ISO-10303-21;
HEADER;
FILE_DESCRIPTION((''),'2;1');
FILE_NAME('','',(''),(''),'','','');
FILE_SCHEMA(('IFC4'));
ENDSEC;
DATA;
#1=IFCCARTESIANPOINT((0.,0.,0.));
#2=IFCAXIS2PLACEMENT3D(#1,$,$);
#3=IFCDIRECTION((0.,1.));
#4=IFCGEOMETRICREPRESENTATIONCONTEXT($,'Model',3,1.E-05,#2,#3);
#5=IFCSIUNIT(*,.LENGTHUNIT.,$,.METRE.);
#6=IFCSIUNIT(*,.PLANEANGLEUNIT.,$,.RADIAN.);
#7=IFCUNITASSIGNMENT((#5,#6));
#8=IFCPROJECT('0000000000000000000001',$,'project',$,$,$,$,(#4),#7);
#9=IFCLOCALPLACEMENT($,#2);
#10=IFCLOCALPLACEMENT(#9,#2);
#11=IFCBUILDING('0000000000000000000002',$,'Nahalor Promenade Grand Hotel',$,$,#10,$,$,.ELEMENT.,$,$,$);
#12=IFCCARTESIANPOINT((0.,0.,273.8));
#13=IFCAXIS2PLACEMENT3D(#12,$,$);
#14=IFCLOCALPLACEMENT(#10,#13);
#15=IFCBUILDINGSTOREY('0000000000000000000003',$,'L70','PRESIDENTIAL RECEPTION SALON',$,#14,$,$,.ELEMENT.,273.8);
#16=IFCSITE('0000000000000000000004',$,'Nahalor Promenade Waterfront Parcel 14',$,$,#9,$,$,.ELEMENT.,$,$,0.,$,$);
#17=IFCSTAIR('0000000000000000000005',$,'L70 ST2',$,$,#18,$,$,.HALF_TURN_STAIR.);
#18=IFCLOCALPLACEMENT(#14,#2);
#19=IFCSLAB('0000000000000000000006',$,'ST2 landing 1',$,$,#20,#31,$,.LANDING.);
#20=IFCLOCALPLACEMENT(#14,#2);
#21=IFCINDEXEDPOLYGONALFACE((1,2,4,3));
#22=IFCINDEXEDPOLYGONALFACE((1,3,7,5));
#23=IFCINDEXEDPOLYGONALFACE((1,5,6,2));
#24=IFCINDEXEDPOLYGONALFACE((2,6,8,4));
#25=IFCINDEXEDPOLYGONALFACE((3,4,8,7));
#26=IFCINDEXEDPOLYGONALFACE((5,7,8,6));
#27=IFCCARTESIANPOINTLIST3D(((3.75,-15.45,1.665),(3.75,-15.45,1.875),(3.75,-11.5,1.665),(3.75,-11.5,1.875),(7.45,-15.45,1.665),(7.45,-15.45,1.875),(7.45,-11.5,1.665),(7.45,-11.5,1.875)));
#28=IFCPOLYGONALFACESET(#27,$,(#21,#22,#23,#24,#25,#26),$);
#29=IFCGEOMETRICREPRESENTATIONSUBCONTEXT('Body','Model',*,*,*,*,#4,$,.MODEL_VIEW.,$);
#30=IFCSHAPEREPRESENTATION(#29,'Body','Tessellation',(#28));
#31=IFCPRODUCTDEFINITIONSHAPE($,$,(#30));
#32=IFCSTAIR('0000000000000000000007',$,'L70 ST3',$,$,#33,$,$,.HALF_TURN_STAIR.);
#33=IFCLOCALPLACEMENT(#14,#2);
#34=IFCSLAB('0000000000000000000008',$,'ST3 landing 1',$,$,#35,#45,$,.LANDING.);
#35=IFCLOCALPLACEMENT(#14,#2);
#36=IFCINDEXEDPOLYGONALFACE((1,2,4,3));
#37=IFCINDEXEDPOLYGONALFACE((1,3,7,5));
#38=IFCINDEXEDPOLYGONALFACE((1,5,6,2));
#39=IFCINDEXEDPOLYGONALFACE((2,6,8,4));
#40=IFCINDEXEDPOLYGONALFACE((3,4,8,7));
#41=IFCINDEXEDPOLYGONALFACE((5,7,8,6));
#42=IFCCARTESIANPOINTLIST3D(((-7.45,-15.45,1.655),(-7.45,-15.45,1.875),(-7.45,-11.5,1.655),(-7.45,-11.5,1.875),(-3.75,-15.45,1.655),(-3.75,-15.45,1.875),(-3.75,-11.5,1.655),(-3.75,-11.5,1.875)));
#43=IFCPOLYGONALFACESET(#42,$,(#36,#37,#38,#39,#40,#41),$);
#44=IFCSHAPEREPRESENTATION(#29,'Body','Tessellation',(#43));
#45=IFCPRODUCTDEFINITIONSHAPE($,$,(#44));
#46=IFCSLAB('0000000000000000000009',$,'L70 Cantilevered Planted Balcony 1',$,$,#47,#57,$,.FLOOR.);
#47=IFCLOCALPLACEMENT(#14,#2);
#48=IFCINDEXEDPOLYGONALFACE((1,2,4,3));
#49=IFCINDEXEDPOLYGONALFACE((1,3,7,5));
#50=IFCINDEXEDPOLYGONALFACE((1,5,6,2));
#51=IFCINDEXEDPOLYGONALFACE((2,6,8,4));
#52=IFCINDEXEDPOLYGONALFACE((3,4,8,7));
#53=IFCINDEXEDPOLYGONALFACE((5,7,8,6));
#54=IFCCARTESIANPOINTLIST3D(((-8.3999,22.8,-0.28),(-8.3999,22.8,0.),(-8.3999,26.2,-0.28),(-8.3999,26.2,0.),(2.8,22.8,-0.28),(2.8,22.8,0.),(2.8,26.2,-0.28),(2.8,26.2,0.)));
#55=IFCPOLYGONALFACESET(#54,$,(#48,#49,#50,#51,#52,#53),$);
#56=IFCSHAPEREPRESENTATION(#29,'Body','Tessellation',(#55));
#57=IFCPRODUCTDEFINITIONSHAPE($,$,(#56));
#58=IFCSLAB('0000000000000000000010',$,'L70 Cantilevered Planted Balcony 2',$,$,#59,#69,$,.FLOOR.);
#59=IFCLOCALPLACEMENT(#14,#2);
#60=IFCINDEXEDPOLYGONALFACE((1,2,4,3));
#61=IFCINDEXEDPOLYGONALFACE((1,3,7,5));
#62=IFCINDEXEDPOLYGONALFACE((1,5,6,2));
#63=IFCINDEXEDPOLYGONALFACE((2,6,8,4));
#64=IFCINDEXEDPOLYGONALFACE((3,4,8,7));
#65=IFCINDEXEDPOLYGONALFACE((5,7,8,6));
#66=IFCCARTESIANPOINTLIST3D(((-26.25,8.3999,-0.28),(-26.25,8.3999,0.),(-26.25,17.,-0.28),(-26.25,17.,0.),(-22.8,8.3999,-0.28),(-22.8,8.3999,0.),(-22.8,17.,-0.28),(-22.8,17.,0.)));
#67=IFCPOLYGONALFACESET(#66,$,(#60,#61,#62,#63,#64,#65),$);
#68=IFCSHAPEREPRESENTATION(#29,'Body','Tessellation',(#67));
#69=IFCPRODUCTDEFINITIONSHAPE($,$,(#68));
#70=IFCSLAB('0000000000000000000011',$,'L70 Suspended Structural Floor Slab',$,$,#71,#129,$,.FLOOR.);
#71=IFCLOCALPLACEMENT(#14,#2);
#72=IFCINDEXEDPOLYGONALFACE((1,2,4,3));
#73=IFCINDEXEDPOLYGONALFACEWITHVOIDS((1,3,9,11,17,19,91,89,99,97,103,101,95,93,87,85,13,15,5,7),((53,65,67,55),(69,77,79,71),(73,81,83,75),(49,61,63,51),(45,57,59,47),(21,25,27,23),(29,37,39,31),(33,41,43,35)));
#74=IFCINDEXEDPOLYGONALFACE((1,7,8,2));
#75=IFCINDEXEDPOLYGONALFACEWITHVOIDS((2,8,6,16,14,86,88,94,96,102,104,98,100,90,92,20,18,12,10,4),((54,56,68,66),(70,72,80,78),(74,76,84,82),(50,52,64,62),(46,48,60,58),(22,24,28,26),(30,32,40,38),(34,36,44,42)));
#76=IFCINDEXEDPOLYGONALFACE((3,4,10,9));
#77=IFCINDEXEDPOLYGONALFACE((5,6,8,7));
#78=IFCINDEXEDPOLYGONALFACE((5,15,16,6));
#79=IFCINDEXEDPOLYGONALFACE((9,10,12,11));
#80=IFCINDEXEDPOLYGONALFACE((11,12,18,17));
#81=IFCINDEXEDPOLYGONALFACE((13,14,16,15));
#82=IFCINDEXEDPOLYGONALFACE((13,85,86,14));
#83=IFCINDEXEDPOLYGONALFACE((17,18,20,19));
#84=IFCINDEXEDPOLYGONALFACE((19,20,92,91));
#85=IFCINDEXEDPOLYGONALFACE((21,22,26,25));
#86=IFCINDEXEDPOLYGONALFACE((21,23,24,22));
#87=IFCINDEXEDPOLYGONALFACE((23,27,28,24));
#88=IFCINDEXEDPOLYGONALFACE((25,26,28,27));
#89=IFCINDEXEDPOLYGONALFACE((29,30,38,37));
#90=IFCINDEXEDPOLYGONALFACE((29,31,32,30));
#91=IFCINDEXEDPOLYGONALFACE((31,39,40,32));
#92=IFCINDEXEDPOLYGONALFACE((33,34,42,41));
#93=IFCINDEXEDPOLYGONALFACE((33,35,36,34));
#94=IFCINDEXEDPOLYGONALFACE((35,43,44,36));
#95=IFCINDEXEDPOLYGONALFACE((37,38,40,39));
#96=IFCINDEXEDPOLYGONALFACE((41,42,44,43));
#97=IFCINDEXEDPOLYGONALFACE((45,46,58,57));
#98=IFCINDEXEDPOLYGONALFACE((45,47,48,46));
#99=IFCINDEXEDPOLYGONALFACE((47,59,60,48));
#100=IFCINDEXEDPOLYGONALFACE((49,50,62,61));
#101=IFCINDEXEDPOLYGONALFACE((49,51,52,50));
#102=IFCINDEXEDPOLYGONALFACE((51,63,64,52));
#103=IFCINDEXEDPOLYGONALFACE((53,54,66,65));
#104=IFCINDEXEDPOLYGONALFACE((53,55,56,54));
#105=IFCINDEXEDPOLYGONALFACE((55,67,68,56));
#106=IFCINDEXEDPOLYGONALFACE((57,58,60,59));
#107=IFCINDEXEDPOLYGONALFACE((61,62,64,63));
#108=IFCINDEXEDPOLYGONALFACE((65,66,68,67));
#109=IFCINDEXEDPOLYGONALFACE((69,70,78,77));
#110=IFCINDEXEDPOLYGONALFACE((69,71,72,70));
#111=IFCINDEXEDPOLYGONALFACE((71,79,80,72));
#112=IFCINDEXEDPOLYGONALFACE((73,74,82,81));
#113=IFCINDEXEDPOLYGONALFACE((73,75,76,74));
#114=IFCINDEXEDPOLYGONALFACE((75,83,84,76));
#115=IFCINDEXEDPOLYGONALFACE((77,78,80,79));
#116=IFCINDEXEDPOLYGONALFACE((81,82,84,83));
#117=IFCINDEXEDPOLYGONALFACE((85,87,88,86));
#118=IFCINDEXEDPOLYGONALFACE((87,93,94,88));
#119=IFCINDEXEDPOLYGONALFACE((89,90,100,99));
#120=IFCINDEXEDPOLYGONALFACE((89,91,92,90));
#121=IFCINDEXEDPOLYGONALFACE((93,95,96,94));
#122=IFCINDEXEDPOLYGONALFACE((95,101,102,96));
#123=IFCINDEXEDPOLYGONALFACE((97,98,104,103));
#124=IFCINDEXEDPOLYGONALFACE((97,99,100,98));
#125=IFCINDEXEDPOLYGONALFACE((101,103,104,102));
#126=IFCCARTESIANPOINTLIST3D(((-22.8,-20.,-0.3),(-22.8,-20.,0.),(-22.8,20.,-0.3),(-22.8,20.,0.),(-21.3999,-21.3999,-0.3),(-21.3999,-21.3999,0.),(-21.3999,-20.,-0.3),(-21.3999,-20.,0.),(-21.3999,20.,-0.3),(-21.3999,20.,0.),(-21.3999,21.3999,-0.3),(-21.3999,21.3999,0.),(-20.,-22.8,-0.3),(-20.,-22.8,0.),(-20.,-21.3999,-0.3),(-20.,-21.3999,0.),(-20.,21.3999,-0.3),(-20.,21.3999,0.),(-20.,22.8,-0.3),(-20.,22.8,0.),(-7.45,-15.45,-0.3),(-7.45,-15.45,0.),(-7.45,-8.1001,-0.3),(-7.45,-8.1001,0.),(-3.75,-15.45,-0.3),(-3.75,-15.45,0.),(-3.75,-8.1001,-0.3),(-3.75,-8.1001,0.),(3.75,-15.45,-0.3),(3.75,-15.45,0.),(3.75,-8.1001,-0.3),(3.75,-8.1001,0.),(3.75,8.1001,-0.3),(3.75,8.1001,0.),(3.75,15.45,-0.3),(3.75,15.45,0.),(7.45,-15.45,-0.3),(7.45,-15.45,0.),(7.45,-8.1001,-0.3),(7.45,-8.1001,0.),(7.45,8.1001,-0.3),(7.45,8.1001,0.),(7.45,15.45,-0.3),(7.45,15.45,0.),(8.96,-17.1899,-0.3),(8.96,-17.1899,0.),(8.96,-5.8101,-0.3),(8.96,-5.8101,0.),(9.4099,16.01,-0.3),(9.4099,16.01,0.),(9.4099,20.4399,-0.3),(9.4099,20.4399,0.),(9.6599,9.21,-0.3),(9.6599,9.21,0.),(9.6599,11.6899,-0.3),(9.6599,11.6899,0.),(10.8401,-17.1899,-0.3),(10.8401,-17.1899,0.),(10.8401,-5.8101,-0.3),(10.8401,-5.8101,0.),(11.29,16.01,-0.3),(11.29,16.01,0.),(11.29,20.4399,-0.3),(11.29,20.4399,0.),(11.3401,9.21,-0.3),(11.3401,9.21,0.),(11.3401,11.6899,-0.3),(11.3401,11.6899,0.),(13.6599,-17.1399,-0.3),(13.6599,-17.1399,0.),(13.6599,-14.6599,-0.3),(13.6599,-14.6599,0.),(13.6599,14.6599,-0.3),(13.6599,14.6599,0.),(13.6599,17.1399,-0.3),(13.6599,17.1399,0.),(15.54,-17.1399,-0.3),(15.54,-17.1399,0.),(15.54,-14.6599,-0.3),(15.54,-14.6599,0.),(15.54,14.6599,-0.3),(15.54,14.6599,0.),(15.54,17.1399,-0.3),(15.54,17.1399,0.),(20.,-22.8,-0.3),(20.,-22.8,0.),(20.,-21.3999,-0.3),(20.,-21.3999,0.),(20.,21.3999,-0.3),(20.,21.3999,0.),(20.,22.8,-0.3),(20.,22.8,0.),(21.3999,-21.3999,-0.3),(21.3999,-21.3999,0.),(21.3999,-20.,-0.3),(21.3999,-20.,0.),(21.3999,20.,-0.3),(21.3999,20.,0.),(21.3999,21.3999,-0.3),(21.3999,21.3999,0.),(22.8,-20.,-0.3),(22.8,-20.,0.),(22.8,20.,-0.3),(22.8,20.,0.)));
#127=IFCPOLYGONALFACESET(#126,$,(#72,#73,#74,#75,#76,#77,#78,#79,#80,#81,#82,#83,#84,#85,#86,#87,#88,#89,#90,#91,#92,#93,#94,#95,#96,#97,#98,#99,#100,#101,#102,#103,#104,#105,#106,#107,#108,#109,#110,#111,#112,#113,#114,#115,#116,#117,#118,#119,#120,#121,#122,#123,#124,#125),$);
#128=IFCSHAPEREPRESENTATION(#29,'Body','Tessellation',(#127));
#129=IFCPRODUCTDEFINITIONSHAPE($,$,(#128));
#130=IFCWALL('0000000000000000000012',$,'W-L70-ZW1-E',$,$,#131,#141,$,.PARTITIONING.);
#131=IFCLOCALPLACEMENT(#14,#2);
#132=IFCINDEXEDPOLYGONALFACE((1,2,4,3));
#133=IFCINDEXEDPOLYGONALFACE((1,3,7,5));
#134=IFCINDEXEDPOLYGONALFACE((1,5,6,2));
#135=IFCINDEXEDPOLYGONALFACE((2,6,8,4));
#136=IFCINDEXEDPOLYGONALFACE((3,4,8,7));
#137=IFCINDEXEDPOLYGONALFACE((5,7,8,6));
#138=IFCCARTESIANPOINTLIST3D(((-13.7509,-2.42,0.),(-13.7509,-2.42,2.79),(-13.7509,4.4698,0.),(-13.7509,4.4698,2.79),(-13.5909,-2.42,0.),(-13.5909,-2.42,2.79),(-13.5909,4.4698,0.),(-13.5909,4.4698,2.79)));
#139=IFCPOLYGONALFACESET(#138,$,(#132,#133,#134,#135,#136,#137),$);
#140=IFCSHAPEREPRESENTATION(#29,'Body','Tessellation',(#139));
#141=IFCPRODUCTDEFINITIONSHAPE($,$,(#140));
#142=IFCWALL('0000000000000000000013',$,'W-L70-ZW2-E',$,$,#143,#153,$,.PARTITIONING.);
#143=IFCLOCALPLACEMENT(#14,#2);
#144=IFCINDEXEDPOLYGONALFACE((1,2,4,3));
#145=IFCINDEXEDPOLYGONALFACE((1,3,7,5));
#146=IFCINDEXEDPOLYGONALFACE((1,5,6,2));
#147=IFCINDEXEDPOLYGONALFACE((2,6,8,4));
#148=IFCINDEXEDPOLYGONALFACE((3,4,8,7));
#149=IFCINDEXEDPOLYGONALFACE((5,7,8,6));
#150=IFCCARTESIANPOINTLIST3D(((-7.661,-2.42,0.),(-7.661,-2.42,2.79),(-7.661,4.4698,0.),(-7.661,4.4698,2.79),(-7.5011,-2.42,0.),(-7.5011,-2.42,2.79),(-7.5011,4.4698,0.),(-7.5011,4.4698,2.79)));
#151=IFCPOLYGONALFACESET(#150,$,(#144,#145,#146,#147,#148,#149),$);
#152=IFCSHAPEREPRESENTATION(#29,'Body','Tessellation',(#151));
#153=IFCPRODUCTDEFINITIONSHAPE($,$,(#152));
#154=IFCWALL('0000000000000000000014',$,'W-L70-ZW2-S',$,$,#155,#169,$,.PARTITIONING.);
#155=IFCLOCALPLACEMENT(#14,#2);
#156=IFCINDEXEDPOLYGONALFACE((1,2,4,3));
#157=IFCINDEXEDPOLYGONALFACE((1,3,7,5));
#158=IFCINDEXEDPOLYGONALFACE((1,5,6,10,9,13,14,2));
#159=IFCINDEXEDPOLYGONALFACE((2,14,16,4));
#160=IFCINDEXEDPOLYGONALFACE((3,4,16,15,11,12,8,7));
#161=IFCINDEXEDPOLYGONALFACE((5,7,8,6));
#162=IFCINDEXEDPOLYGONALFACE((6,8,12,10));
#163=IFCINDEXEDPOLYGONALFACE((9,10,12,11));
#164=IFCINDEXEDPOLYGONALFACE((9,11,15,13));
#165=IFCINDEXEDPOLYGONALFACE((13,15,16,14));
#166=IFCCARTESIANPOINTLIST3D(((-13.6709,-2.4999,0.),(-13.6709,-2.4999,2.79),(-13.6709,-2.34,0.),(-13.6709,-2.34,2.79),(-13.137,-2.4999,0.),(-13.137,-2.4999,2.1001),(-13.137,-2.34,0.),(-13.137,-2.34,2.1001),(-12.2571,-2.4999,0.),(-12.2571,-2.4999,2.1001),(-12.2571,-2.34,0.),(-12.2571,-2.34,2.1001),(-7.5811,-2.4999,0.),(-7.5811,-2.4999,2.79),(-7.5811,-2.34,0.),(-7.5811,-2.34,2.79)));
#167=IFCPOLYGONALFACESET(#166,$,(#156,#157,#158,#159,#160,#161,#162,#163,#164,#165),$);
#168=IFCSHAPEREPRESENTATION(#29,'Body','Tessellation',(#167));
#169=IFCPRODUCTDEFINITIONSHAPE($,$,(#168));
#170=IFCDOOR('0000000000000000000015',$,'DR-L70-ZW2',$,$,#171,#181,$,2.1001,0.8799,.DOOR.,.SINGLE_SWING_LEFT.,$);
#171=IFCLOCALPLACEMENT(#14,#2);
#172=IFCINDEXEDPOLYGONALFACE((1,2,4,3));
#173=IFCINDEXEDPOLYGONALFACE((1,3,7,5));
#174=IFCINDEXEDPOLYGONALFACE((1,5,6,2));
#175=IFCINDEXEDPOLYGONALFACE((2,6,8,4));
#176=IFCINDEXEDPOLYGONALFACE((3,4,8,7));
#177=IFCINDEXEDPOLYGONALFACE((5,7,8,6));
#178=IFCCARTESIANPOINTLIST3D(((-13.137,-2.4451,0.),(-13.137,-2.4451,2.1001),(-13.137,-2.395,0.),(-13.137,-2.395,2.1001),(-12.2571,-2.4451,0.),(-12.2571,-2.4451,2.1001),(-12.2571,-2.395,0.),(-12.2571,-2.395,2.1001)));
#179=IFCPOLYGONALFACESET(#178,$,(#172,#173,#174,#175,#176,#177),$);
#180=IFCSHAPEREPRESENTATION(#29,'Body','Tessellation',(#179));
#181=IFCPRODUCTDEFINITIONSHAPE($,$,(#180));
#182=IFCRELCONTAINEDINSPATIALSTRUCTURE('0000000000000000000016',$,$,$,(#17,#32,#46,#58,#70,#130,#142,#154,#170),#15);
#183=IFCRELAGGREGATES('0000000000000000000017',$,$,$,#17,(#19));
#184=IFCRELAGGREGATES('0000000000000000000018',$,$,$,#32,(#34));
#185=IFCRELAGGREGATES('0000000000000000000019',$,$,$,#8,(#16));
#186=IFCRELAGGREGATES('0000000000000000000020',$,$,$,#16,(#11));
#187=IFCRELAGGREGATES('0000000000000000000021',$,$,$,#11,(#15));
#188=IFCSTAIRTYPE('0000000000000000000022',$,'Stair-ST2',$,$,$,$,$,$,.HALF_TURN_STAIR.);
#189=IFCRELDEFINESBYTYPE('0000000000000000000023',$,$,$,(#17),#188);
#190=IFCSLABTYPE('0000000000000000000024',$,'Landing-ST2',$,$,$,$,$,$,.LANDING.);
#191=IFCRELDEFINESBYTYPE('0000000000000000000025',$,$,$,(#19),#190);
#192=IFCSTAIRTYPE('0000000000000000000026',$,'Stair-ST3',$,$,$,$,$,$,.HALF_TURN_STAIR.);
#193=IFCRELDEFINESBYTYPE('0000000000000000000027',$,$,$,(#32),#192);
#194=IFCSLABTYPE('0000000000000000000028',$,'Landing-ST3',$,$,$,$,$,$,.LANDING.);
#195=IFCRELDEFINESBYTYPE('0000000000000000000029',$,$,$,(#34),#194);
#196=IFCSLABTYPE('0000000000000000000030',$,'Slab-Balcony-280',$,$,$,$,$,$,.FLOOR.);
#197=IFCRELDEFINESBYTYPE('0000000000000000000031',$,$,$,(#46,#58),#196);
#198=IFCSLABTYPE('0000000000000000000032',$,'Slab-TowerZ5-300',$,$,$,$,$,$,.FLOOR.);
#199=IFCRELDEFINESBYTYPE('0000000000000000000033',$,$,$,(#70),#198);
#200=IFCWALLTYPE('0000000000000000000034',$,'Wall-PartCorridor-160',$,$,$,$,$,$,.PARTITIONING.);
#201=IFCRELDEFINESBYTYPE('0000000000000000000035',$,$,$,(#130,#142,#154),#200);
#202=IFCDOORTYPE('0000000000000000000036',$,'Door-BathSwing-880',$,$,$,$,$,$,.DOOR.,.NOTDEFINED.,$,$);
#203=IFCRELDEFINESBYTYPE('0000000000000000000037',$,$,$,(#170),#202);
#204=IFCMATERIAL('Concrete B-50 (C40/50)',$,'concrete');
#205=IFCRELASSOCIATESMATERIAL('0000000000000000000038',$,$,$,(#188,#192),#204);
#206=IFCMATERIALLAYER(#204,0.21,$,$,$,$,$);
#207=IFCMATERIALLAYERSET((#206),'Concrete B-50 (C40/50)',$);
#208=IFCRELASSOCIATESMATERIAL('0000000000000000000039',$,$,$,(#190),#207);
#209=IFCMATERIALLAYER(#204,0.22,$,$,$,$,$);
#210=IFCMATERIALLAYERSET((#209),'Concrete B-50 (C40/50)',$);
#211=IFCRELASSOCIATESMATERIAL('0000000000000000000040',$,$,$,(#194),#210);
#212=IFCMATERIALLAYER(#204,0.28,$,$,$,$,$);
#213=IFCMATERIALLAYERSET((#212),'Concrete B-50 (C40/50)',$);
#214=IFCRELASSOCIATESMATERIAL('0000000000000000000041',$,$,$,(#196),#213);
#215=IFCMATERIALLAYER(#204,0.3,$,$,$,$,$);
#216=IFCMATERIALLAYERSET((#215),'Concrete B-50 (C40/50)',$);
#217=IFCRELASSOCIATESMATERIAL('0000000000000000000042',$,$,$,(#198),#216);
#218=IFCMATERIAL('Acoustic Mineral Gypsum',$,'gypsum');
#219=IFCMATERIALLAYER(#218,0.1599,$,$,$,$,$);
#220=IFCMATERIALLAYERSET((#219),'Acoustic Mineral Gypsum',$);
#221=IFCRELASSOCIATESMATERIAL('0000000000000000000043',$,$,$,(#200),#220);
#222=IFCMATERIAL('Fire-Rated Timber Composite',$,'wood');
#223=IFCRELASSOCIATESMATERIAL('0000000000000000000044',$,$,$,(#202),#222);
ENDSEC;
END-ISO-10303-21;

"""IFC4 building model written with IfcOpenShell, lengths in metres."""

from ifc_helpers import new_model, si_unit, direction, frame, frame_2d, origin, place, context, subcontext, project, spatial, polyline, rectangle, outline, extrude, source, transform, mapped, material, layer, layer_set, type_object, element, fill, aggregate, save


model = new_model("IFC4")

# Units and contexts
model_context = context("Model", 3, precision=1e-05, world=origin(), true_north=direction((0.0, 1.0)))
body_context = subcontext(model_context, "Body", "Model", "MODEL_VIEW")
ifc_project = project(units=[si_unit("LENGTHUNIT", "METRE"), si_unit("PLANEANGLEUNIT", "RADIAN")], contexts=[model_context])

# Site, building, storey
site_placement = place(None, origin())
site = spatial("IfcSite", under=ifc_project, at=site_placement, Name="Nahalor Promenade Waterfront Parcel 14", CompositionType="ELEMENT", RefElevation=0.0)
building_placement = place(site_placement, origin())
building = spatial("IfcBuilding", under=site, at=building_placement, Name="Nahalor Promenade Grand Hotel", CompositionType="ELEMENT")
storey_placement = place(building_placement, frame((0.0, 0.0, 273.8)))
storey = spatial("IfcBuildingStorey", under=building, at=storey_placement, Name="L70", Description="PRESIDENTIAL RECEPTION SALON", CompositionType="ELEMENT", Elevation=273.8)

# Shared definitions
ifc_material_1 = material(Name="Concrete B-50 (C40/50)", Category="concrete")

# Stairs, slabs
stair_type_1 = type_object("IfcStairType", Name="Stair-ST2", PredefinedType="HALF_TURN_STAIR", material=ifc_material_1)
stair_1_placement = place(storey_placement, origin())
stair_1 = element("IfcStair", 1, at=stair_1_placement, inside=storey, type_object=stair_type_1, Name="L70 ST2", PredefinedType="HALF_TURN_STAIR")
ifc_layer_1 = layer(ifc_material_1, 0.21)
ifc_layer_set_1 = layer_set([ifc_layer_1], Name="Concrete B-50 (C40/50)")
slab_type_1 = type_object("IfcSlabType", Name="Landing-ST2", PredefinedType="LANDING", material=ifc_layer_set_1)
slab_1_placement = place(storey_placement, frame((0.0, 0.0, 1.665)))
slab_1 = element("IfcSlab", 2, at=slab_1_placement, type_object=slab_type_1, Name="ST2 landing 1", PredefinedType="LANDING", context=body_context, shape_type="SweptSolid", body=[
    extrude(outline(polyline([(3.75, -11.5), (3.75, -15.45), (7.45, -15.45), (7.45, -11.5), (3.75, -11.5)])), origin(), (0.0, 0.0, 1.0), 0.21),
])
aggregate(stair_1, [slab_1])
stair_type_2 = type_object("IfcStairType", Name="Stair-ST3", PredefinedType="HALF_TURN_STAIR", material=ifc_material_1)
stair_2_placement = place(storey_placement, origin())
stair_2 = element("IfcStair", 3, at=stair_2_placement, inside=storey, type_object=stair_type_2, Name="L70 ST3", PredefinedType="HALF_TURN_STAIR")
ifc_layer_2 = layer(ifc_material_1, 0.22)
ifc_layer_set_2 = layer_set([ifc_layer_2], Name="Concrete B-50 (C40/50)")
slab_type_2 = type_object("IfcSlabType", Name="Landing-ST3", PredefinedType="LANDING", material=ifc_layer_set_2)
slab_2_placement = place(storey_placement, frame((0.0, 0.0, 1.655)))
slab_2 = element("IfcSlab", 4, at=slab_2_placement, type_object=slab_type_2, Name="ST3 landing 1", PredefinedType="LANDING", context=body_context, shape_type="SweptSolid", body=[
    extrude(outline(polyline([(-7.45, -11.5), (-7.45, -15.45), (-3.75, -15.45), (-3.75, -11.5), (-7.45, -11.5)])), origin(), (0.0, 0.0, 1.0), 0.22),
])
aggregate(stair_2, [slab_2])

# Slabs
ifc_layer_3 = layer(ifc_material_1, 0.28)
ifc_layer_set_3 = layer_set([ifc_layer_3], Name="Concrete B-50 (C40/50)")
slab_type_3 = type_object("IfcSlabType", Name="Slab-Balcony-280", PredefinedType="FLOOR", material=ifc_layer_set_3)
slab_3_placement = place(storey_placement, frame((0.0, 0.0, -0.28)))
element("IfcSlab", 5, at=slab_3_placement, inside=storey, type_object=slab_type_3, Name="L70 Cantilevered Planted Balcony 1", PredefinedType="FLOOR", context=body_context, shape_type="SweptSolid", body=[
    extrude(outline(polyline([(-8.3999, 22.8), (2.8, 22.8), (2.8, 26.2), (-8.3999, 26.2), (-8.3999, 22.8)])), origin(), (0.0, 0.0, 1.0), 0.28),
])
slab_4_placement = place(storey_placement, frame((0.0, 0.0, -0.28)))
element("IfcSlab", 6, at=slab_4_placement, inside=storey, type_object=slab_type_3, Name="L70 Cantilevered Planted Balcony 2", PredefinedType="FLOOR", context=body_context, shape_type="SweptSolid", body=[
    extrude(outline(polyline([(-26.25, 8.3999), (-22.8, 8.3999), (-22.8, 17.0), (-26.25, 17.0), (-26.25, 8.3999)])), origin(), (0.0, 0.0, 1.0), 0.28),
])
ifc_layer_4 = layer(ifc_material_1, 0.3)
ifc_layer_set_4 = layer_set([ifc_layer_4], Name="Concrete B-50 (C40/50)")
slab_type_4 = type_object("IfcSlabType", Name="Slab-TowerZ5-300", PredefinedType="FLOOR", material=ifc_layer_set_4)
slab_5_placement = place(storey_placement, frame((0.0, 0.0, -0.3)))
element("IfcSlab", 7, at=slab_5_placement, inside=storey, type_object=slab_type_4, Name="L70 Suspended Structural Floor Slab", PredefinedType="FLOOR", context=body_context, shape_type="SweptSolid", body=[
    extrude(outline(polyline([(-20.0, -22.8), (20.0, -22.8), (20.0, -21.3999), (21.3999, -21.3999), (21.3999, -20.0), (22.8, -20.0), (22.8, 20.0), (21.3999, 20.0), (21.3999, 21.3999), (20.0, 21.3999), (20.0, 22.8), (-20.0, 22.8), (-20.0, 21.3999), (-21.3999, 21.3999), (-21.3999, 20.0), (-22.8, 20.0), (-22.8, -20.0), (-21.3999, -20.0), (-21.3999, -21.3999), (-20.0, -21.3999), (-20.0, -22.8)]), holes=[polyline([(3.75, 8.1001), (7.45, 8.1001), (7.45, 15.45), (3.75, 15.45), (3.75, 8.1001)]), polyline([(3.75, -15.45), (7.45, -15.45), (7.45, -8.1001), (3.75, -8.1001), (3.75, -15.45)]), polyline([(-7.45, -15.45), (-3.75, -15.45), (-3.75, -8.1001), (-7.45, -8.1001), (-7.45, -15.45)]), polyline([(8.96, -17.1899), (10.8401, -17.1899), (10.8401, -5.8101), (8.96, -5.8101), (8.96, -17.1899)]), polyline([(9.4099, 16.01), (11.29, 16.01), (11.29, 20.4399), (9.4099, 20.4399), (9.4099, 16.01)]), polyline([(9.6599, 9.21), (11.3401, 9.21), (11.3401, 11.6899), (9.6599, 11.6899), (9.6599, 9.21)]), polyline([(13.6599, 14.6599), (15.54, 14.6599), (15.54, 17.1399), (13.6599, 17.1399), (13.6599, 14.6599)]), polyline([(13.6599, -17.1399), (15.54, -17.1399), (15.54, -14.6599), (13.6599, -14.6599), (13.6599, -17.1399)])]), origin(), (0.0, 0.0, 1.0), 0.3),
])

# Walls
ifc_material_2 = material(Name="Acoustic Mineral Gypsum", Category="gypsum")
ifc_layer_5 = layer(ifc_material_2, 0.1599)
ifc_layer_set_5 = layer_set([ifc_layer_5], Name="Acoustic Mineral Gypsum")
wall_type = type_object("IfcWallType", Name="Wall-PartCorridor-160", PredefinedType="PARTITIONING", material=ifc_layer_set_5)
shared_shape_1 = source(origin(), body_context, "Body", "SweptSolid", [
    extrude(rectangle(XDim=6.8899, YDim=0.1599, at=frame_2d((3.4448, 0.0))), origin(), (0.0, 0.0, 1.0), 2.79),
])
for number, where, z_axis, x_axis, name in (
    (8, (-13.6709, -2.4199, 0.0), (0.0, 0.0, 1.0), (0.0, 1.0, 0.0), "W-L70-ZW1-E"),
    (9, (-7.5811, -2.4199, 0.0), (0.0, 0.0, 1.0), (0.0, 1.0, 0.0), "W-L70-ZW2-E"),
):
    element("IfcWall", number, at=place(storey_placement, frame(where, z_axis=z_axis, x_axis=x_axis)), inside=storey, type_object=wall_type, Name=name, PredefinedType="PARTITIONING", context=body_context, shape_type="MappedRepresentation", body=[
        mapped(shared_shape_1, transform((0.0, 0.0, 0.0), scale=1.0)),
    ])

# Wall, opening, door
shared_shape_2 = source(origin(), body_context, "Body", "SweptSolid", [
    extrude(rectangle(XDim=6.0898, YDim=0.1599, at=frame_2d((3.0449, 0.0))), origin(), (0.0, 0.0, 1.0), 2.79),
])
wall_1_placement = place(storey_placement, frame((-13.6709, -2.4199, 0.0), z_axis=(0.0, 0.0, 1.0), x_axis=(1.0, 0.0, 0.0)))
wall_1 = element("IfcWall", 10, at=wall_1_placement, inside=storey, type_object=wall_type, Name="W-L70-ZW2-S", PredefinedType="PARTITIONING", context=body_context, shape_type="MappedRepresentation", body=[
    mapped(shared_shape_2, transform((0.0, 0.0, 0.0), scale=1.0)),
])
opening_1_placement = place(wall_1_placement, frame((0.5339, 0.0, 0.0)))
opening_1 = element("IfcOpeningElement", 11, at=opening_1_placement, cuts=wall_1, PredefinedType="OPENING", context=body_context, shape_type="SweptSolid", body=[
    extrude(rectangle(XDim=0.8799, YDim=2.1001, at=frame_2d((0.4399, 1.05))), frame((0.0, 0.0898, 0.0), z_axis=(0.0, -1.0, 0.0), x_axis=(1.0, 0.0, 0.0)), (0.0, 0.0, 1.0), 0.1799),
])
ifc_material_3 = material(Name="Fire-Rated Timber Composite", Category="wood")
door_type = type_object("IfcDoorType", Name="Door-BathSwing-880", OperationType="NOTDEFINED", PredefinedType="DOOR", material=ifc_material_3)
shared_shape_3 = source(origin(), body_context, "Body", "SweptSolid", [
    extrude(rectangle(XDim=0.8799, YDim=2.1001, at=frame_2d((0.4399, 1.05))), frame((0.0, 0.0249, 0.0), z_axis=(0.0, -1.0, 0.0), x_axis=(1.0, 0.0, 0.0)), (0.0, 0.0, 1.0), 0.05),
])
door_1_placement = place(opening_1_placement, origin())
door_1 = element("IfcDoor", 12, at=door_1_placement, inside=storey, type_object=door_type, Name="DR-L70-ZW2", OperationType="SINGLE_SWING_LEFT", OverallHeight=2.1001, OverallWidth=0.8799, PredefinedType="DOOR", context=body_context, shape_type="MappedRepresentation", body=[
    mapped(shared_shape_3, transform((0.0, 0.0, 0.0), scale=1.0)),
])
fill(opening_1, door_1)

save(model, "model.ifc")
